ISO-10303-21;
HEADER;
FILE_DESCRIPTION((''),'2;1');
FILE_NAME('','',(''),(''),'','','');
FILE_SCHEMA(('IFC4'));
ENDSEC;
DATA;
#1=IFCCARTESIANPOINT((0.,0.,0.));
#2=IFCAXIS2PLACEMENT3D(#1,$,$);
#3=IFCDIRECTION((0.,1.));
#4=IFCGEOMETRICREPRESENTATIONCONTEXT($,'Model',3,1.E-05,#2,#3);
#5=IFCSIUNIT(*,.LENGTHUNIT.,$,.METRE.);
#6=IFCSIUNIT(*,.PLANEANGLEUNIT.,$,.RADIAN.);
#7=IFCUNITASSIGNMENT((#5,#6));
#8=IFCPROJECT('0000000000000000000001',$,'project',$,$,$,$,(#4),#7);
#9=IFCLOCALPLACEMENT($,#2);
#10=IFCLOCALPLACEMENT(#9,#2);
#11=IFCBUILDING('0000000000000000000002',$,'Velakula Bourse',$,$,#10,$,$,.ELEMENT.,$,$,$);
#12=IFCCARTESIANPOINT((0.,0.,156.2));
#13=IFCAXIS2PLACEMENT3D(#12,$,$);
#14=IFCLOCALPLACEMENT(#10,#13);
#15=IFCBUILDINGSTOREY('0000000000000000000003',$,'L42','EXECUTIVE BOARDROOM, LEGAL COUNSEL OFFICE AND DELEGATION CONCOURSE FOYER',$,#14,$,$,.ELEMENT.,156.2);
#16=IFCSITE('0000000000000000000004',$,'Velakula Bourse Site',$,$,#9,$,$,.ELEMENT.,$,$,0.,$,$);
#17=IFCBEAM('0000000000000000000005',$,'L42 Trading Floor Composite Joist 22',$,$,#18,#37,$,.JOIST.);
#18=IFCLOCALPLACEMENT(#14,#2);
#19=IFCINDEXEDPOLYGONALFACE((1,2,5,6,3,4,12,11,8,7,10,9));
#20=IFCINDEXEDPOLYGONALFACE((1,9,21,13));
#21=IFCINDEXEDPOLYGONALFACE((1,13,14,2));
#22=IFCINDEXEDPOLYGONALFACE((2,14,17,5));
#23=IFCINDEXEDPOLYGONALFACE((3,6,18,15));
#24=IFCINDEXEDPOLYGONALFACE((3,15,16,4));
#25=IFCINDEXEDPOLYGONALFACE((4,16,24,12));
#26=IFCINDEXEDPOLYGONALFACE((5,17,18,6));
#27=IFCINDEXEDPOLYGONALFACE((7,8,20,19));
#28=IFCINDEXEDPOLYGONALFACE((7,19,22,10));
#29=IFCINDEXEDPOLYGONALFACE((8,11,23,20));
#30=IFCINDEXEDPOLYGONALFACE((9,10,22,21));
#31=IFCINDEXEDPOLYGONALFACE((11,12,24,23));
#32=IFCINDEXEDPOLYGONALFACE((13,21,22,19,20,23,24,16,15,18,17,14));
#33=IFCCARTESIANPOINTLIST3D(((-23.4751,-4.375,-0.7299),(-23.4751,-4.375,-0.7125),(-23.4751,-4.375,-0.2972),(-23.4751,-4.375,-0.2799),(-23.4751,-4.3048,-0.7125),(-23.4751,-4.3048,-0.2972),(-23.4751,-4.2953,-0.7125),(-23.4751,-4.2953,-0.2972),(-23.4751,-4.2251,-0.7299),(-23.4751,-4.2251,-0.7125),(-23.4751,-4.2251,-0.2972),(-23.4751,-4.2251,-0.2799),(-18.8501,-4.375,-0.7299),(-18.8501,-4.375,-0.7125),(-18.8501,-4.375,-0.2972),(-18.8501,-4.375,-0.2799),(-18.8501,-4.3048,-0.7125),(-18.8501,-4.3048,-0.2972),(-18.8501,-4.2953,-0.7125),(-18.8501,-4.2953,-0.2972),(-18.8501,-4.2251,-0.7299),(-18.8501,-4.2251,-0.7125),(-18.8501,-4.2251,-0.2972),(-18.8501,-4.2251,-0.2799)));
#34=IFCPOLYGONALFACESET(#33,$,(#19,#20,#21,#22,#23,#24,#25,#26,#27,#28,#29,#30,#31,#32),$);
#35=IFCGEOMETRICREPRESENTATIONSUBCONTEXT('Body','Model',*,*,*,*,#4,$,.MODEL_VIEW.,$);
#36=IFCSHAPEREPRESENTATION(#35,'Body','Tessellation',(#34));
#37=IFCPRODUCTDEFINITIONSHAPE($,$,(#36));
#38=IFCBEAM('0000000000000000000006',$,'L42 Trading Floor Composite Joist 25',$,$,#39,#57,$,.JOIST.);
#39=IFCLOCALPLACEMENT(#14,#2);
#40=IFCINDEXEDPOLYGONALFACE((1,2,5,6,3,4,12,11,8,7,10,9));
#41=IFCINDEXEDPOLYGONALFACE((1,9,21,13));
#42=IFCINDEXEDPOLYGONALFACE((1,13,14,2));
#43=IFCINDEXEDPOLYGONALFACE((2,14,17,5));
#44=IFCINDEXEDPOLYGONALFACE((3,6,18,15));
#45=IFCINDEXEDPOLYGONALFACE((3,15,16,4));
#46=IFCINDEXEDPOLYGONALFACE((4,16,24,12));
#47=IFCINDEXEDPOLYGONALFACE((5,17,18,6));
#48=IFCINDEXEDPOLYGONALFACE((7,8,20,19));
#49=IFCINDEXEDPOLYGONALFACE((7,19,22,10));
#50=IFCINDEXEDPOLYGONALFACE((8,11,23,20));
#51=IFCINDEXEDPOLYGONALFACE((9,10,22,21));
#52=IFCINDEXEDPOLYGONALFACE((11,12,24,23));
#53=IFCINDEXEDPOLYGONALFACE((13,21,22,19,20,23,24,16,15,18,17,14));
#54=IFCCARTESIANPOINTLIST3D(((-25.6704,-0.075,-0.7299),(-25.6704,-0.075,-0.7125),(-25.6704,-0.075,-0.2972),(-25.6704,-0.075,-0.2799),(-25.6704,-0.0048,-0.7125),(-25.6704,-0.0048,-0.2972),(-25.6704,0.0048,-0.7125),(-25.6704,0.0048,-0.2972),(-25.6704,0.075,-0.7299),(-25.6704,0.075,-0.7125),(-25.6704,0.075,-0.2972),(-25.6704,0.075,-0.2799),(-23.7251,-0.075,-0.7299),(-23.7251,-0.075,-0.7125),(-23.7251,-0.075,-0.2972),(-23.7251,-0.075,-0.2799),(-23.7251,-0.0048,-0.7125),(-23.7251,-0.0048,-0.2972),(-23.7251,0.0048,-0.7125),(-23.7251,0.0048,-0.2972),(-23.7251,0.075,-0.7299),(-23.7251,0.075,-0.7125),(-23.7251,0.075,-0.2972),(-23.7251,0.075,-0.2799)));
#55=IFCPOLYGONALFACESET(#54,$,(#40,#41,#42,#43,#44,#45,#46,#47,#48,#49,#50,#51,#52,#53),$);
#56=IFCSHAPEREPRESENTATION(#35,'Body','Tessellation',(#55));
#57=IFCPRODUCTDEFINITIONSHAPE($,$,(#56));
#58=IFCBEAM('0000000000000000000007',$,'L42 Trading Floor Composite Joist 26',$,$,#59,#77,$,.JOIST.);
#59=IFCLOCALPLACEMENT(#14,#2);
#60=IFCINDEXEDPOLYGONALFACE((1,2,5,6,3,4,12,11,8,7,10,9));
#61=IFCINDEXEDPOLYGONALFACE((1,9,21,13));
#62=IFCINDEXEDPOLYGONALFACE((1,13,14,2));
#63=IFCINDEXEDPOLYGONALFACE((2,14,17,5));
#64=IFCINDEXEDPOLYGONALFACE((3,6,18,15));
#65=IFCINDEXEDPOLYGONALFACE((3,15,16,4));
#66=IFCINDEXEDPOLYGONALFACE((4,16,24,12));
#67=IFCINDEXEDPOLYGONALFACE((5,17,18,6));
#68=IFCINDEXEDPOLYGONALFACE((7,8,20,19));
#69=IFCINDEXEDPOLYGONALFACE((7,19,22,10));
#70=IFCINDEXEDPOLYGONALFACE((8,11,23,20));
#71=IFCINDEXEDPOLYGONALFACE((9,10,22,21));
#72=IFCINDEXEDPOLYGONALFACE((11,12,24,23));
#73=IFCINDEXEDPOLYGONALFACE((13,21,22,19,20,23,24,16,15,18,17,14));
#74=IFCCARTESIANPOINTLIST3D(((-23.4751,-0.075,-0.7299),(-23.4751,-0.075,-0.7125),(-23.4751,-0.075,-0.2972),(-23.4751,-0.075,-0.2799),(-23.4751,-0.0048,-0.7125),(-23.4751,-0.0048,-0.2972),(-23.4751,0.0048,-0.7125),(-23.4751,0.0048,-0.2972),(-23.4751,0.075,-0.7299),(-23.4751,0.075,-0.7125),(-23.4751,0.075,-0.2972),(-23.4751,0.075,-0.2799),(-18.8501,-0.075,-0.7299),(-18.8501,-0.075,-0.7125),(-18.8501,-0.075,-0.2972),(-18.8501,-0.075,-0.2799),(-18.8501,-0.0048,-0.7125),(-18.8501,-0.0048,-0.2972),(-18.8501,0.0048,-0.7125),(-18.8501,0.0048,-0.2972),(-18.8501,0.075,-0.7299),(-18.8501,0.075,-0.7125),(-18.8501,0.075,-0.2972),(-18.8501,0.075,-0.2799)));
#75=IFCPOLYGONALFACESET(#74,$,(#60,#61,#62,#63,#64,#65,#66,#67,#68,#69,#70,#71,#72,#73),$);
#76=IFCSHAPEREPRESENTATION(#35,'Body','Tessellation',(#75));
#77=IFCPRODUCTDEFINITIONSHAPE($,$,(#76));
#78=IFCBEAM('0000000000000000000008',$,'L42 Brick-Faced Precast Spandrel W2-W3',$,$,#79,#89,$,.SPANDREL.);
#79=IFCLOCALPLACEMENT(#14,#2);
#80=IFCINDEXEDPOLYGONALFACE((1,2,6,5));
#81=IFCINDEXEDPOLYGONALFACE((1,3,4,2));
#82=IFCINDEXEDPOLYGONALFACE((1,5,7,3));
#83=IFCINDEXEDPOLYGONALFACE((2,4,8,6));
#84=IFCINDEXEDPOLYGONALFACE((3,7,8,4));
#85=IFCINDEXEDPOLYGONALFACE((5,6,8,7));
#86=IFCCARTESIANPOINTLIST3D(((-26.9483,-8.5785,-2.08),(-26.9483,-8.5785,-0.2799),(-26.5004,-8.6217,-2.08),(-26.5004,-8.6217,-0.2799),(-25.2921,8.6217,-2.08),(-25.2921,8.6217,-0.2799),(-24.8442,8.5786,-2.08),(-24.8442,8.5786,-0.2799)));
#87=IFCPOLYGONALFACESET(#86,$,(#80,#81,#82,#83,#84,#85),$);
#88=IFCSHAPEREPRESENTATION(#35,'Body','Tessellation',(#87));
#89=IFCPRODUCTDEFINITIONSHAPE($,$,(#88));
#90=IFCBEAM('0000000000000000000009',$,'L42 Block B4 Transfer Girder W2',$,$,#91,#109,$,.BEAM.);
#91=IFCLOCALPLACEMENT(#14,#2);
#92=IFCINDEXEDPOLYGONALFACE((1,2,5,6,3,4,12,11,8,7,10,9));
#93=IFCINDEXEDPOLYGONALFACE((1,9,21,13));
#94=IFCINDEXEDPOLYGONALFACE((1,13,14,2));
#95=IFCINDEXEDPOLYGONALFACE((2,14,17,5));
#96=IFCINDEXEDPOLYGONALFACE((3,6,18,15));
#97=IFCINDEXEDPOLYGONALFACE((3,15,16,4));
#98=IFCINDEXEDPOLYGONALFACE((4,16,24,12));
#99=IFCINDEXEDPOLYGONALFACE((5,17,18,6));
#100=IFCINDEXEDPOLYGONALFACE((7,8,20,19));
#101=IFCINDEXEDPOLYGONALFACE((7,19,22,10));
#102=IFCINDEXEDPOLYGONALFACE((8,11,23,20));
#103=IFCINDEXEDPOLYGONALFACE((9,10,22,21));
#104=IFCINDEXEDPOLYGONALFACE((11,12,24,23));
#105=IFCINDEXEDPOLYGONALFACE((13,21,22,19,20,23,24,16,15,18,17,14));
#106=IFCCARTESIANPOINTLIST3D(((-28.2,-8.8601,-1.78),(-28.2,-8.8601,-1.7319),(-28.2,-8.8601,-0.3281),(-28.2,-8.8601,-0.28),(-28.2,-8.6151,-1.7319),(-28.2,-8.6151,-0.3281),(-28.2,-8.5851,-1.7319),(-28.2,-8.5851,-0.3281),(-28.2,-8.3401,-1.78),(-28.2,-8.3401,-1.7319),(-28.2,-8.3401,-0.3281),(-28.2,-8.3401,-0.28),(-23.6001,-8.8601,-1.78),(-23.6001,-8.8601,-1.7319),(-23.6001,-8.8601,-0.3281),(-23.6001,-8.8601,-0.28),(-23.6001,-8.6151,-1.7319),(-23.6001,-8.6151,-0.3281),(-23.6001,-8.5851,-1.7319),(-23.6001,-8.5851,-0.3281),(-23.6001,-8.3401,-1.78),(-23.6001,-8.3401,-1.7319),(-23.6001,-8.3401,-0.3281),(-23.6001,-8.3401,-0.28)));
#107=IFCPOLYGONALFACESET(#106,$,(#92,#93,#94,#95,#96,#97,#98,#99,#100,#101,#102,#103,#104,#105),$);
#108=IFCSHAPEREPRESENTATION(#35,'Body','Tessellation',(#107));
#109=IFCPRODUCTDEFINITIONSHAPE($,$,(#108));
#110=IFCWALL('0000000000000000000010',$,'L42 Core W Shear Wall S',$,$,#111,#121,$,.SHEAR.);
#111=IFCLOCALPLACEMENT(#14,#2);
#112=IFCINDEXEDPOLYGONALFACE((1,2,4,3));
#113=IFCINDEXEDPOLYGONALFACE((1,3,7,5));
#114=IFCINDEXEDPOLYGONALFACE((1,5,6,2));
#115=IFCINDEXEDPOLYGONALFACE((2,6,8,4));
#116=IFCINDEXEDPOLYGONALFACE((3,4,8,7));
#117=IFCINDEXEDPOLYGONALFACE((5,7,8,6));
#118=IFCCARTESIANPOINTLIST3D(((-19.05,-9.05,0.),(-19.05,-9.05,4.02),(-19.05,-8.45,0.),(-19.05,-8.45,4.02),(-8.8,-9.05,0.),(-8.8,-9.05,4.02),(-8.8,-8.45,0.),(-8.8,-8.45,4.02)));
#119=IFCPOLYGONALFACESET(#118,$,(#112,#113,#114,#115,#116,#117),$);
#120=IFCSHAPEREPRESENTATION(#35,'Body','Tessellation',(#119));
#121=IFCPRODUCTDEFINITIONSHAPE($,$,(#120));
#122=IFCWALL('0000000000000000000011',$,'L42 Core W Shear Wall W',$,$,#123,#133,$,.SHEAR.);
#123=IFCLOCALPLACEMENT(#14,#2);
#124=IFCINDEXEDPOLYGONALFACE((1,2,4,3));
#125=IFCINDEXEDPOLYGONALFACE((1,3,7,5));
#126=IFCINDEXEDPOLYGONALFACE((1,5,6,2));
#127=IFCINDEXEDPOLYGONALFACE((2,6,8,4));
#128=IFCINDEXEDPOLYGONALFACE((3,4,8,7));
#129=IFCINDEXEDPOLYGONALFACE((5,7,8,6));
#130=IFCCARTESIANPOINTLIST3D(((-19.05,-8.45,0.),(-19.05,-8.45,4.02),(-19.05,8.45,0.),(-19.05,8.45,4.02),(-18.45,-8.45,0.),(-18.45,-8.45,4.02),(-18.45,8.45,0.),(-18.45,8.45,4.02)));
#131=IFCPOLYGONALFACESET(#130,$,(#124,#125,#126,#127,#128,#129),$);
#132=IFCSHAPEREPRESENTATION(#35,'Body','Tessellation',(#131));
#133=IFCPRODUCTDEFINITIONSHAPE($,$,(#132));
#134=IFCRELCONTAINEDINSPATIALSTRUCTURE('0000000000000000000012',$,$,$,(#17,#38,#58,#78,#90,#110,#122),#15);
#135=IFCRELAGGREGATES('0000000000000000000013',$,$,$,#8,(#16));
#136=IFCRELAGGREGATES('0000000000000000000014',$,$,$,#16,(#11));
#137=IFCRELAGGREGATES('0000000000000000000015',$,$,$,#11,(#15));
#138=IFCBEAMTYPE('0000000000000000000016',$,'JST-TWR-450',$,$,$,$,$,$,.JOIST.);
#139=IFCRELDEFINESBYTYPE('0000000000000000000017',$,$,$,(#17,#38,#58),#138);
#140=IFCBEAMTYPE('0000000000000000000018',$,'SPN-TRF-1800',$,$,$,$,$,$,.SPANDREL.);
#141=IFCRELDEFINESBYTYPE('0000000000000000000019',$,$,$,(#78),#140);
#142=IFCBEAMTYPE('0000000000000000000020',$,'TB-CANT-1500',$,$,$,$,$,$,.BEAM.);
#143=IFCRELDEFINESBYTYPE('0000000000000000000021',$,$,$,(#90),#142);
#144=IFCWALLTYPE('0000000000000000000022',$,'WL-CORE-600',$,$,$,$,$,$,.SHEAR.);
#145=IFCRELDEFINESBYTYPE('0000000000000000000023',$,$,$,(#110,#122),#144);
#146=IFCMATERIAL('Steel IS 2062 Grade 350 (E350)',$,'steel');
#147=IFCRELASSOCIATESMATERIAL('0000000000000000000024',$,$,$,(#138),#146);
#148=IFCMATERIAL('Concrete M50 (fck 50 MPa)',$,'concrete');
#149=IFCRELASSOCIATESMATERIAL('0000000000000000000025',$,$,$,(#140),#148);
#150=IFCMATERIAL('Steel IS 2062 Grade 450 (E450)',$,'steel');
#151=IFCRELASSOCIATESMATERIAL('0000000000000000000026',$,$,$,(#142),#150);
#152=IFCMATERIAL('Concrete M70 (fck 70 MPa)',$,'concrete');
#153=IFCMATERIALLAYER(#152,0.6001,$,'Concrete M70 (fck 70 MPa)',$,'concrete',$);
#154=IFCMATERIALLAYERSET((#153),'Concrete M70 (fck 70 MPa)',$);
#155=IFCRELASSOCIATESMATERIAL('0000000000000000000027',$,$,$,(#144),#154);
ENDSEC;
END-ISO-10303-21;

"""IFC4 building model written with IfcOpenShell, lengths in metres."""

from ifc_helpers import new_model, si_unit, direction, frame, frame_2d, origin, origin_2d, place, context, subcontext, project, spatial, rectangle, i_section, extrude, material, layer, layer_set, material_profile, profile_set, type_object, element, save


model = new_model("IFC4")

# Units and contexts
model_context = context("Model", 3, precision=1e-05, world=origin(), true_north=direction((0.0, 1.0)))
body_context = subcontext(model_context, "Body", "Model", "MODEL_VIEW")
ifc_project = project(units=[si_unit("LENGTHUNIT", "METRE"), si_unit("PLANEANGLEUNIT", "RADIAN")], contexts=[model_context])

# Site, building, storey
site_placement = place(None, origin())
site = spatial("IfcSite", under=ifc_project, at=site_placement, Name="Velakula Bourse Site", CompositionType="ELEMENT", RefElevation=0.0)
building_placement = place(site_placement, origin())
building = spatial("IfcBuilding", under=site, at=building_placement, Name="Velakula Bourse", CompositionType="ELEMENT")
storey_placement = place(building_placement, frame((0.0, 0.0, 156.2)))
storey = spatial("IfcBuildingStorey", under=building, at=storey_placement, Name="L42", Description="EXECUTIVE BOARDROOM, LEGAL COUNSEL OFFICE AND DELEGATION CONCOURSE FOYER", CompositionType="ELEMENT", Elevation=156.2)

# Shared definitions
ifc_material_1 = material(Name="Steel IS 2062 Grade 350 (E350)", Category="steel")

# Beams
ifc_material_profile_1 = material_profile(ifc_material_1, i_section(OverallWidth=0.1499, OverallDepth=0.45, WebThickness=0.0095, FlangeThickness=0.0173, at=origin_2d()), Name="Steel IS 2062 Grade 350 (E350)")
ifc_profile_set_1 = profile_set([ifc_material_profile_1], Name="Steel IS 2062 Grade 350 (E350)")
beam_type_1 = type_object("IfcBeamType", Name="JST-TWR-450", PredefinedType="JOIST", material=ifc_profile_set_1)
beam_1_placement = place(storey_placement, frame((-23.4751, -4.3, -0.5049), z_axis=(1.0, 0.0, 0.0), x_axis=(0.0, 1.0, 0.0)))
element("IfcBeam", 1, at=beam_1_placement, inside=storey, type_object=beam_type_1, Name="L42 Trading Floor Composite Joist 22", PredefinedType="JOIST", context=body_context, shape_type="SweptSolid", body=[
    extrude(i_section(OverallWidth=0.1499, OverallDepth=0.45, WebThickness=0.0095, FlangeThickness=0.0173, at=origin_2d()), origin(), (0.0, 0.0, 1.0), 4.625),
])
beam_2_placement = place(storey_placement, frame((-25.6704, 0.0, -0.5049), z_axis=(1.0, 0.0, 0.0), x_axis=(0.0, 1.0, 0.0)))
element("IfcBeam", 2, at=beam_2_placement, inside=storey, type_object=beam_type_1, Name="L42 Trading Floor Composite Joist 25", PredefinedType="JOIST", context=body_context, shape_type="SweptSolid", body=[
    extrude(i_section(OverallWidth=0.1499, OverallDepth=0.45, WebThickness=0.0095, FlangeThickness=0.0173, at=origin_2d()), origin(), (0.0, 0.0, 1.0), 1.9453),
])
beam_3_placement = place(storey_placement, frame((-23.4751, 0.0, -0.5049), z_axis=(1.0, 0.0, 0.0), x_axis=(0.0, 1.0, 0.0)))
element("IfcBeam", 3, at=beam_3_placement, inside=storey, type_object=beam_type_1, Name="L42 Trading Floor Composite Joist 26", PredefinedType="JOIST", context=body_context, shape_type="SweptSolid", body=[
    extrude(i_section(OverallWidth=0.1499, OverallDepth=0.45, WebThickness=0.0095, FlangeThickness=0.0173, at=origin_2d()), origin(), (0.0, 0.0, 1.0), 4.625),
])
ifc_material_2 = material(Name="Concrete M50 (fck 50 MPa)", Category="concrete")
ifc_material_profile_2 = material_profile(ifc_material_2, rectangle(XDim=0.45, YDim=1.8, at=origin_2d()), Name="Concrete M50 (fck 50 MPa)")
ifc_profile_set_2 = profile_set([ifc_material_profile_2], Name="Concrete M50 (fck 50 MPa)")
beam_type_2 = type_object("IfcBeamType", Name="SPN-TRF-1800", PredefinedType="SPANDREL", material=ifc_profile_set_2)
beam_4_placement = place(storey_placement, frame((-26.7244, -8.6001, -1.1799), z_axis=(0.095849, 0.995396, 0.0), x_axis=(-0.995396, 0.095849, 0.0)))
element("IfcBeam", 4, at=beam_4_placement, inside=storey, type_object=beam_type_2, Name="L42 Brick-Faced Precast Spandrel W2-W3", PredefinedType="SPANDREL", context=body_context, shape_type="SweptSolid", body=[
    extrude(rectangle(XDim=0.45, YDim=1.8, at=origin_2d()), origin(), (0.0, 0.0, 1.0), 17.2798),
])
ifc_material_3 = material(Name="Steel IS 2062 Grade 450 (E450)", Category="steel")
ifc_material_profile_3 = material_profile(ifc_material_3, i_section(OverallWidth=0.52, OverallDepth=1.5, WebThickness=0.03, FlangeThickness=0.0481, at=origin_2d()), Name="Steel IS 2062 Grade 450 (E450)")
ifc_profile_set_3 = profile_set([ifc_material_profile_3], Name="Steel IS 2062 Grade 450 (E450)")
beam_type_3 = type_object("IfcBeamType", Name="TB-CANT-1500", PredefinedType="BEAM", material=ifc_profile_set_3)
beam_5_placement = place(storey_placement, frame((-28.2, -8.6001, -1.03), z_axis=(1.0, 0.0, 0.0), x_axis=(0.0, 1.0, 0.0)))
element("IfcBeam", 5, at=beam_5_placement, inside=storey, type_object=beam_type_3, Name="L42 Block B4 Transfer Girder W2", PredefinedType="BEAM", context=body_context, shape_type="SweptSolid", body=[
    extrude(i_section(OverallWidth=0.52, OverallDepth=1.5, WebThickness=0.03, FlangeThickness=0.0481, at=origin_2d()), origin(), (0.0, 0.0, 1.0), 4.5999),
])

# Walls
ifc_material_4 = material(Name="Concrete M70 (fck 70 MPa)", Category="concrete")
ifc_layer_1 = layer(ifc_material_4, 0.6001, Name="Concrete M70 (fck 70 MPa)", Category="concrete")
ifc_layer_set_1 = layer_set([ifc_layer_1], Name="Concrete M70 (fck 70 MPa)")
wall_type_1 = type_object("IfcWallType", Name="WL-CORE-600", PredefinedType="SHEAR", material=ifc_layer_set_1)
wall_1_placement = place(storey_placement, frame((-19.05, -8.75, 0.0), z_axis=(0.0, 0.0, 1.0), x_axis=(1.0, 0.0, 0.0)))
element("IfcWall", 6, at=wall_1_placement, inside=storey, type_object=wall_type_1, Name="L42 Core W Shear Wall S", PredefinedType="SHEAR", context=body_context, shape_type="SweptSolid", body=[
    extrude(rectangle(XDim=10.25, YDim=0.6001, at=frame_2d((5.125, 0.0))), origin(), (0.0, 0.0, 1.0), 4.02),
])
wall_2_placement = place(storey_placement, frame((-18.75, -8.45, 0.0), z_axis=(0.0, 0.0, 1.0), x_axis=(0.0, 1.0, 0.0)))
element("IfcWall", 7, at=wall_2_placement, inside=storey, type_object=wall_type_1, Name="L42 Core W Shear Wall W", PredefinedType="SHEAR", context=body_context, shape_type="SweptSolid", body=[
    extrude(rectangle(XDim=16.8999, YDim=0.6001, at=frame_2d((8.45, 0.0))), origin(), (0.0, 0.0, 1.0), 4.02),
])

save(model, "model.ifc")
